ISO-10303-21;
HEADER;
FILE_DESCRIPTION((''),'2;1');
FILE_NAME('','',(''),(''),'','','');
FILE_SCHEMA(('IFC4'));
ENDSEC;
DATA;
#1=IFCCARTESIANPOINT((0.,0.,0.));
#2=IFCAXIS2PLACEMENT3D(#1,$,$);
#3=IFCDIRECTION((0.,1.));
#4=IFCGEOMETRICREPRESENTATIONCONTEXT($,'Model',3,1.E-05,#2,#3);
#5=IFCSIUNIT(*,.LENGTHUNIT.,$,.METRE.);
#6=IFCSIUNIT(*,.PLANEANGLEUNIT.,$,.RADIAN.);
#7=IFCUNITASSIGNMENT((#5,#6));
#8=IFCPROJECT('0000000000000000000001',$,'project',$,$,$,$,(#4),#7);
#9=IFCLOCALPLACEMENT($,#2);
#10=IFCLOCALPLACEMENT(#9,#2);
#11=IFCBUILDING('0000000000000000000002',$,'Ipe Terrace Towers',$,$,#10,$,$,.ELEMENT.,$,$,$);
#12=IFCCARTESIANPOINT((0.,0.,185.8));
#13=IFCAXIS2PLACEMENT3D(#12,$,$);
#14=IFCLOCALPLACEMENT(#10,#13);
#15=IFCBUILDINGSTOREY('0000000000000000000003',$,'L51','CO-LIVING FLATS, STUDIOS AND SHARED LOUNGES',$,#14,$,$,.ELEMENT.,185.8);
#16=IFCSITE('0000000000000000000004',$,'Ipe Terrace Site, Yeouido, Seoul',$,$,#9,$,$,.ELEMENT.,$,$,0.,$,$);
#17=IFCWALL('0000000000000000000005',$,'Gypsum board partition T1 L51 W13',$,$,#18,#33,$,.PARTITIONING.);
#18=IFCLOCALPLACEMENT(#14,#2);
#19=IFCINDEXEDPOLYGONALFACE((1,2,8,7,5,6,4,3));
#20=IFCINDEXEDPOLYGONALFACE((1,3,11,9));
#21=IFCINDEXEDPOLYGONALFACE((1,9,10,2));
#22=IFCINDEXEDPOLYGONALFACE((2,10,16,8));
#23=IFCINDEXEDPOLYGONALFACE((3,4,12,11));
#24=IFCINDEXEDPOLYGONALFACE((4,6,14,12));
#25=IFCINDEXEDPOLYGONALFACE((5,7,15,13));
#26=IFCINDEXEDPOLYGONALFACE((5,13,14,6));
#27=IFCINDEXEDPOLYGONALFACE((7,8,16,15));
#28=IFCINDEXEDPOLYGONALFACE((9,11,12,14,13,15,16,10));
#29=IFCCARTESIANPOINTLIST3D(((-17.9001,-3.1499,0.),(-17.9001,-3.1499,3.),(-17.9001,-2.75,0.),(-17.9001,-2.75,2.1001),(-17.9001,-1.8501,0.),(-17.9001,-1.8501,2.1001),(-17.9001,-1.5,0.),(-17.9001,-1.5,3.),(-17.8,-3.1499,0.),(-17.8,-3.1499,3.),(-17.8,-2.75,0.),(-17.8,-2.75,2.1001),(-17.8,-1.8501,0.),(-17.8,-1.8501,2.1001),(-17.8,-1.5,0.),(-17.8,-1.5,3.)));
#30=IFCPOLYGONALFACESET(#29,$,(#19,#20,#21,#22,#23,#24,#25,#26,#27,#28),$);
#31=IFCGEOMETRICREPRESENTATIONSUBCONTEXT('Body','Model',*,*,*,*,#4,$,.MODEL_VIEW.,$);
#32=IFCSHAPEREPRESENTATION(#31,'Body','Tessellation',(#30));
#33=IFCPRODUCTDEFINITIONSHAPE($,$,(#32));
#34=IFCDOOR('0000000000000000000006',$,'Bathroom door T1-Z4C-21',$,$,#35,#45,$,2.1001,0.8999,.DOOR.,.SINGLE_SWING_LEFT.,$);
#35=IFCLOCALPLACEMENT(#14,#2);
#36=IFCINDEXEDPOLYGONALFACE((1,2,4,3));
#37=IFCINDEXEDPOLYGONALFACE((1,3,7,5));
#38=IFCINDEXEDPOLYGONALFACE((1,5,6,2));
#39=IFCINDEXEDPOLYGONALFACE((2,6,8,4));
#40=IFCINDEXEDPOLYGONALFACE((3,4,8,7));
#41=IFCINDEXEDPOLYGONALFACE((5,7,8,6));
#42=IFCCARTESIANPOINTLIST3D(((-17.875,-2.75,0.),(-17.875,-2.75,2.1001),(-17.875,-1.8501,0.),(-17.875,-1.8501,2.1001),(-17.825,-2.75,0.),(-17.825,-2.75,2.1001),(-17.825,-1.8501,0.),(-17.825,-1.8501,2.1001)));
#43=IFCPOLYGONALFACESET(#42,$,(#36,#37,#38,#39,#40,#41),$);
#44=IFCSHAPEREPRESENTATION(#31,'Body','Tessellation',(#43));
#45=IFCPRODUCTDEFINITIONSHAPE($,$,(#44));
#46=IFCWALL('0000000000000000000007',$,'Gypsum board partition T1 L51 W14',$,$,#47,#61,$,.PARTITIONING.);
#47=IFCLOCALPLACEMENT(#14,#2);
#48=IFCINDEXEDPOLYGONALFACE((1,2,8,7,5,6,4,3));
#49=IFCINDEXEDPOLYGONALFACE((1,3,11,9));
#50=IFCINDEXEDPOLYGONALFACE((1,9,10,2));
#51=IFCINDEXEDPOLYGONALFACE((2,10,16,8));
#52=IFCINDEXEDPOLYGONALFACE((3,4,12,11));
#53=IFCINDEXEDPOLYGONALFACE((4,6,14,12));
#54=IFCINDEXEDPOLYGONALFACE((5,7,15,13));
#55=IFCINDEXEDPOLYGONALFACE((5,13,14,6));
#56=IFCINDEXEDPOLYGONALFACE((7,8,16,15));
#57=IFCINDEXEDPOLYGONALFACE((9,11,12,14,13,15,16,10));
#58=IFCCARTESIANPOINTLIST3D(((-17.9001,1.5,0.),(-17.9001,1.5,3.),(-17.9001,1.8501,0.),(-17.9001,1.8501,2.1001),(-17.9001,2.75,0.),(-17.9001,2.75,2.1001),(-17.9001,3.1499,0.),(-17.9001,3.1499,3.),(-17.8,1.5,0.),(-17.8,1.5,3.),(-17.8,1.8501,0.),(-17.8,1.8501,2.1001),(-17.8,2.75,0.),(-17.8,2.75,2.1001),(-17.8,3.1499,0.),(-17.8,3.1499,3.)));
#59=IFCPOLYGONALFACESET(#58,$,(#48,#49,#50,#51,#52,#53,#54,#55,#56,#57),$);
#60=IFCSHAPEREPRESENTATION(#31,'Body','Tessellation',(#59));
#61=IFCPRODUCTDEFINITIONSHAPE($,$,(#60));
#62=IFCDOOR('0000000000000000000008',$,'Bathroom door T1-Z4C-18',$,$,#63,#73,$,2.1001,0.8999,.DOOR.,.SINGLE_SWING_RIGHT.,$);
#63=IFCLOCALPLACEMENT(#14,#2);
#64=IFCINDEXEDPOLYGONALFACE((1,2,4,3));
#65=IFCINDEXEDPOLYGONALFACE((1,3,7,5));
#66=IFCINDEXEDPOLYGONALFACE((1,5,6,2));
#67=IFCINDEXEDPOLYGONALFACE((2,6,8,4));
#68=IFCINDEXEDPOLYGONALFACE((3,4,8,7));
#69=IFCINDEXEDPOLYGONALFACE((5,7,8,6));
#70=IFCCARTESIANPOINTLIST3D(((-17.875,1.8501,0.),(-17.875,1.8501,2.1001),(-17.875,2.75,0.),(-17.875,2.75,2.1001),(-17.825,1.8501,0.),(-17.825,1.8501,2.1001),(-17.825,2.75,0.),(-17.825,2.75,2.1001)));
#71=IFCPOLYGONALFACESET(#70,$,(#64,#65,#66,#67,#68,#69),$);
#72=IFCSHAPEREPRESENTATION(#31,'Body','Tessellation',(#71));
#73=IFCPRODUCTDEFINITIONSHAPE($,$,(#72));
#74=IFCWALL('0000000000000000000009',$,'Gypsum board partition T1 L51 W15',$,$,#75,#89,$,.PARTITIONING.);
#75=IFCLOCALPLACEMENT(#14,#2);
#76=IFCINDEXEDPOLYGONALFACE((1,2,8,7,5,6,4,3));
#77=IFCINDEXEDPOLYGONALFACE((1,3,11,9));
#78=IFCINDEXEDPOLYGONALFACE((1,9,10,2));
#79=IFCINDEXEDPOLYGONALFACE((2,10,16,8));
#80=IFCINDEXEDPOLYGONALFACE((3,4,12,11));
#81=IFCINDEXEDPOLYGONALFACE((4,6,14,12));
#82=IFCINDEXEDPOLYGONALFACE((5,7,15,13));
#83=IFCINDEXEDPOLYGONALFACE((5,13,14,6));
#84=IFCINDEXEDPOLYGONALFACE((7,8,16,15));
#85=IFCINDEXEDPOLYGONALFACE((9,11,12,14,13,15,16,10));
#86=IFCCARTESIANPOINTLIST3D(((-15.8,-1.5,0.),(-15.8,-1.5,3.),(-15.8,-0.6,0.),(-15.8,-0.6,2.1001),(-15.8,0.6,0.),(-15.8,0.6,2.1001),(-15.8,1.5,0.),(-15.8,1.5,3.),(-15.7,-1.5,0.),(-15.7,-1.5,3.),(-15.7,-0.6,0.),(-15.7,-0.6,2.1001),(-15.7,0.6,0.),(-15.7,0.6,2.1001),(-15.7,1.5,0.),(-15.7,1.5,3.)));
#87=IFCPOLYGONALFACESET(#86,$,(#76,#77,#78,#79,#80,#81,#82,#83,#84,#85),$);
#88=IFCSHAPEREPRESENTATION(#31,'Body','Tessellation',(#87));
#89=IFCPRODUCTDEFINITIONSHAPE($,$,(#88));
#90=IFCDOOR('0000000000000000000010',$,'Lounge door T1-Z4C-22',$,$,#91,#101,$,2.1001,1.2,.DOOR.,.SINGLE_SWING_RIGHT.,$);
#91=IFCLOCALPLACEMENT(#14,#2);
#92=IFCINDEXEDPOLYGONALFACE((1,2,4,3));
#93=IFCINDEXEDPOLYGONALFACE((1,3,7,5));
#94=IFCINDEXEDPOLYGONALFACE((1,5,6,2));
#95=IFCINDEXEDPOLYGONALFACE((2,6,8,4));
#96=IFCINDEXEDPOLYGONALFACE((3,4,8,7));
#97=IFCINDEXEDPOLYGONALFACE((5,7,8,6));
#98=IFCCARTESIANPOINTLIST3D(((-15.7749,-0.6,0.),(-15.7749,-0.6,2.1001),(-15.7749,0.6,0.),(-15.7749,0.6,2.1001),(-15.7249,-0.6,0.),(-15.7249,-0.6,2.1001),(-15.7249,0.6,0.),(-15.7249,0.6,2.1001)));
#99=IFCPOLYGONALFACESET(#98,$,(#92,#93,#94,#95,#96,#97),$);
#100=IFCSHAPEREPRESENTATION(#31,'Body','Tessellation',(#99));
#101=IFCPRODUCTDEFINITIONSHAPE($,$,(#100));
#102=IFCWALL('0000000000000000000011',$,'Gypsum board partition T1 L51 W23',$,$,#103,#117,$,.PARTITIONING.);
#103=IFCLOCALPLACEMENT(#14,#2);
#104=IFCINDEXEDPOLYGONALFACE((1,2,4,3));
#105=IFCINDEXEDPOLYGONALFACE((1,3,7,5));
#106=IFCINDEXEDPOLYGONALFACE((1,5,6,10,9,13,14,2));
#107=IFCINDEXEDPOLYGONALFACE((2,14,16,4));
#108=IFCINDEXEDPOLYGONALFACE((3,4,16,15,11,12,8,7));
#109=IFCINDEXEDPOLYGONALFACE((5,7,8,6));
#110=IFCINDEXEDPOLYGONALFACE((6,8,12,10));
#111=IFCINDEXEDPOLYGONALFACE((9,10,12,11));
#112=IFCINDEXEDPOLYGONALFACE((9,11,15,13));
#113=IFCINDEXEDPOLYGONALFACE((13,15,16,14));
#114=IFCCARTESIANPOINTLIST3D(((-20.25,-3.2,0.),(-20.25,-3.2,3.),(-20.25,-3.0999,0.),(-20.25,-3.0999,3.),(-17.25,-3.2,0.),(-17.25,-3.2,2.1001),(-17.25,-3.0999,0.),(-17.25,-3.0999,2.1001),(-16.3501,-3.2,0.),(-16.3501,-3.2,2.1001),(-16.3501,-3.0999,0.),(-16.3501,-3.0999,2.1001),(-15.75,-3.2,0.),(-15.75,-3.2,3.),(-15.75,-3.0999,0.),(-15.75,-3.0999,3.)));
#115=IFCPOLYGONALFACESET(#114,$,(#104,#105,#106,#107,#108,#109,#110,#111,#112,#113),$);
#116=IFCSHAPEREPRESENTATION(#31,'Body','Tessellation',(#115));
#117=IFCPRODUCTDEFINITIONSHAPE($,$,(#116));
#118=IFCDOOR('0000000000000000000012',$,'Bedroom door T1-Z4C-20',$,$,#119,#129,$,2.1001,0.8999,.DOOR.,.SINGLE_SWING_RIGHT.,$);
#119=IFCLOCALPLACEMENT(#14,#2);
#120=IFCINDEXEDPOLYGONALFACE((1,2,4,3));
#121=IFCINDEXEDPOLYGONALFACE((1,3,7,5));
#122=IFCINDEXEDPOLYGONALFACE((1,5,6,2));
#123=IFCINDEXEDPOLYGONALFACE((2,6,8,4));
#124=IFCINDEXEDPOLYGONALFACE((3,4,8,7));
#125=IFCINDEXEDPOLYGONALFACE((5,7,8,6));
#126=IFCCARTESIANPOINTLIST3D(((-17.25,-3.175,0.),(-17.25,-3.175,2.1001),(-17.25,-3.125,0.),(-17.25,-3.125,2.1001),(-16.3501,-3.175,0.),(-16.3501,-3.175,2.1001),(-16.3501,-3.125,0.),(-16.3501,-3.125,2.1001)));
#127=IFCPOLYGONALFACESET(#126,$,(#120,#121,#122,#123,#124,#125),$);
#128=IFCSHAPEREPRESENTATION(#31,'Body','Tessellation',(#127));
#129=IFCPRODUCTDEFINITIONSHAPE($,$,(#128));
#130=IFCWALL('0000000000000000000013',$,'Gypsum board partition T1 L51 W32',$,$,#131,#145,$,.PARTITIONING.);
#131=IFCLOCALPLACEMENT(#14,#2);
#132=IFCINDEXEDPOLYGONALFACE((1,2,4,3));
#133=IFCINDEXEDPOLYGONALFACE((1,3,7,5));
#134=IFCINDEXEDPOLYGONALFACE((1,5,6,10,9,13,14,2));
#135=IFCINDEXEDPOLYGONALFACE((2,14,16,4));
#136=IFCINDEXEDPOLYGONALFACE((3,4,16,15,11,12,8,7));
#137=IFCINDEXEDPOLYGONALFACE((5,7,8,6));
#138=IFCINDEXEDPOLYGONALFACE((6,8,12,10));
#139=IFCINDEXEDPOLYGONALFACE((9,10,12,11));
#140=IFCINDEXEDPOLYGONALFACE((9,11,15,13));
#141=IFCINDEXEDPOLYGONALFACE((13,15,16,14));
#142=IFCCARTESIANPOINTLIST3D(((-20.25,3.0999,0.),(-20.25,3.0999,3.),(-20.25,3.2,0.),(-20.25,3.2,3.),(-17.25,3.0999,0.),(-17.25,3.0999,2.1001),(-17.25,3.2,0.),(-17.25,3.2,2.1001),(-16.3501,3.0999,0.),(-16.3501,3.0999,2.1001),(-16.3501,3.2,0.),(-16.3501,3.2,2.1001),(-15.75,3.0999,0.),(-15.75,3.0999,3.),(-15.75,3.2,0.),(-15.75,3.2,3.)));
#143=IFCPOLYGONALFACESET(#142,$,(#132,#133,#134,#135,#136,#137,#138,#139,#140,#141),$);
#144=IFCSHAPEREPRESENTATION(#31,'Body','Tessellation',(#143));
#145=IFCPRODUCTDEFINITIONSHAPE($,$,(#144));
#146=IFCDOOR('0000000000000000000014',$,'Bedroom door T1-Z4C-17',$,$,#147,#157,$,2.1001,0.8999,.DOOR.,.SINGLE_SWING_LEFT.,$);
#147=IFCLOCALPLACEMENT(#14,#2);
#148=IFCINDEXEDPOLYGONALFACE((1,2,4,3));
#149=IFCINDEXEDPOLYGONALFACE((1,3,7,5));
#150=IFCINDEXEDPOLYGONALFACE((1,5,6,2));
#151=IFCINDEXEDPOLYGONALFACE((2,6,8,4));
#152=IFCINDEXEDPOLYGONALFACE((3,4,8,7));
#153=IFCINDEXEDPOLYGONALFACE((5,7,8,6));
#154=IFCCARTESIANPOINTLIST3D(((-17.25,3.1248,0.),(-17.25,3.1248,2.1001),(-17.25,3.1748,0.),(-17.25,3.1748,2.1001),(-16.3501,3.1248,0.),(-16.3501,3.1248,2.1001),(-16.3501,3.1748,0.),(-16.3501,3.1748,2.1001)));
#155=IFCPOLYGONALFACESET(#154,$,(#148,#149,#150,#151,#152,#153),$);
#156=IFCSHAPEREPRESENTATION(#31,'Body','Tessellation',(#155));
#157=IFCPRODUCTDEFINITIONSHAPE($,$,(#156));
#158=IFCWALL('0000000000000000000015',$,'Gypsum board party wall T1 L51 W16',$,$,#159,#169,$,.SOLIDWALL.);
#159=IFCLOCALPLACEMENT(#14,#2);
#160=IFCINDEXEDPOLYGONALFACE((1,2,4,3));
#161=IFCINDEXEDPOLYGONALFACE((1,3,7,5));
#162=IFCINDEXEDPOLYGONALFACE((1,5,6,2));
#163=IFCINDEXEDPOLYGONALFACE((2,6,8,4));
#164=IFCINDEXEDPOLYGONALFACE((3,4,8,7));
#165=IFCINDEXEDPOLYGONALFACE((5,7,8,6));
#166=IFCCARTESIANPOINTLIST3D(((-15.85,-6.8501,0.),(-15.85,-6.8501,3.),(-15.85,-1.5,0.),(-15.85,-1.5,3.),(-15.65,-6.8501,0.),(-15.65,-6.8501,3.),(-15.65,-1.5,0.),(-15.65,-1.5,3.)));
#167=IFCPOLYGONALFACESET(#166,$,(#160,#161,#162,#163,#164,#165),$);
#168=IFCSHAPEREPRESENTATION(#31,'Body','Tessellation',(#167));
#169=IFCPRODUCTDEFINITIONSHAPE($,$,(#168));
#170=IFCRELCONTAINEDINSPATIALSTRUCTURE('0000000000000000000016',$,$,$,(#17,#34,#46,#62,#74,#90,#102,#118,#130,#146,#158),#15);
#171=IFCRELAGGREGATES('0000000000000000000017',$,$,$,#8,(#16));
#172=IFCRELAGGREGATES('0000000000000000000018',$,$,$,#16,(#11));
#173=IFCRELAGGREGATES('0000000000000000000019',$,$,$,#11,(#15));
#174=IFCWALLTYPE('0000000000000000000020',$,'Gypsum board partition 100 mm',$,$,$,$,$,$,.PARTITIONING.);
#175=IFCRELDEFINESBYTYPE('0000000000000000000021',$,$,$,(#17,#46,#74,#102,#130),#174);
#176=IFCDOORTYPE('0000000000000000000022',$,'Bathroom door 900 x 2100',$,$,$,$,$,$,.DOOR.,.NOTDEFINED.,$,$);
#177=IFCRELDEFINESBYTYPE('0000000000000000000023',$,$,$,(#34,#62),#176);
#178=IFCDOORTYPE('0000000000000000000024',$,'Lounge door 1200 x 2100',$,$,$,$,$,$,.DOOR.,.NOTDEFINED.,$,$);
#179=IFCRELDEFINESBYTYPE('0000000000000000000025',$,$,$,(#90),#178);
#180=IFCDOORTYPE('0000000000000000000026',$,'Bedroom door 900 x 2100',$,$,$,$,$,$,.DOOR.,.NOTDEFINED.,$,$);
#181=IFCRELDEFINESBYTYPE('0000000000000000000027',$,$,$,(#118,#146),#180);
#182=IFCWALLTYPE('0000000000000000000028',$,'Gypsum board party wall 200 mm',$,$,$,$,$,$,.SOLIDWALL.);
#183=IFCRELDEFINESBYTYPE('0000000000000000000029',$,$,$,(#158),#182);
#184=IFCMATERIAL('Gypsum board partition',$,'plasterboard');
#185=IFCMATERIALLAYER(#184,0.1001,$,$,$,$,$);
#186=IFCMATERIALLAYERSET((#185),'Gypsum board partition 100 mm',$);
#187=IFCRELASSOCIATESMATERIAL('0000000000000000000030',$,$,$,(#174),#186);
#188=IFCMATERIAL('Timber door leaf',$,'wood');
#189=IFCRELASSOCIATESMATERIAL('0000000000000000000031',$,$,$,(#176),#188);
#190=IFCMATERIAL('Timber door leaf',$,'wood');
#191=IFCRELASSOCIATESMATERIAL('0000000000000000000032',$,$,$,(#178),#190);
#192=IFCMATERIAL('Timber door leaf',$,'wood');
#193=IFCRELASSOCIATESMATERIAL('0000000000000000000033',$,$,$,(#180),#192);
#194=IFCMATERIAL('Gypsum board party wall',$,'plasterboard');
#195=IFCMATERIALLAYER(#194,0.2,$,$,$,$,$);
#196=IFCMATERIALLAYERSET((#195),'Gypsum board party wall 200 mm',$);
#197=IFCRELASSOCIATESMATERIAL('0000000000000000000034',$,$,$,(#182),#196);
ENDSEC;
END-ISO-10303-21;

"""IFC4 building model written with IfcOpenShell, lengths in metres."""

from ifc_helpers import new_model, si_unit, direction, frame, frame_2d, origin, place, context, subcontext, project, spatial, rectangle, extrude, material, layer, layer_set, type_object, element, fill, save


model = new_model("IFC4")

# Units and contexts
model_context = context("Model", 3, precision=1e-05, world=origin(), true_north=direction((0.0, 1.0)))
body_context = subcontext(model_context, "Body", "Model", "MODEL_VIEW")
ifc_project = project(units=[si_unit("LENGTHUNIT", "METRE"), si_unit("PLANEANGLEUNIT", "RADIAN")], contexts=[model_context])

# Site, building, storey
site_placement = place(None, origin())
site = spatial("IfcSite", under=ifc_project, at=site_placement, Name="Ipe Terrace Site, Yeouido, Seoul", CompositionType="ELEMENT", RefElevation=0.0)
building_placement = place(site_placement, origin())
building = spatial("IfcBuilding", under=site, at=building_placement, Name="Ipe Terrace Towers", CompositionType="ELEMENT")
storey_placement = place(building_placement, frame((0.0, 0.0, 185.8)))
storey = spatial("IfcBuildingStorey", under=building, at=storey_placement, Name="L51", Description="CO-LIVING FLATS, STUDIOS AND SHARED LOUNGES", CompositionType="ELEMENT", Elevation=185.8)

# Walls, openings, doors
ifc_material_1 = material(Name="Gypsum board partition", Category="plasterboard")
ifc_layer_1 = layer(ifc_material_1, 0.1001)
ifc_layer_set_1 = layer_set([ifc_layer_1], Name="Gypsum board partition 100 mm")
wall_type_1 = type_object("IfcWallType", Name="Gypsum board partition 100 mm", PredefinedType="PARTITIONING", material=ifc_layer_set_1)
wall_1_placement = place(storey_placement, frame((-17.8501, -3.1499, 0.0), z_axis=(0.0, 0.0, 1.0), x_axis=(0.0, 1.0, 0.0)))
wall_1 = element("IfcWall", 1, at=wall_1_placement, inside=storey, type_object=wall_type_1, Name="Gypsum board partition T1 L51 W13", PredefinedType="PARTITIONING", context=body_context, shape_type="SweptSolid", body=[
    extrude(rectangle(XDim=1.6499, YDim=0.1001, at=frame_2d((0.825, 0.0))), origin(), (0.0, 0.0, 1.0), 3.0),
])
opening_1_placement = place(wall_1_placement, frame((0.3999, 0.0, 0.0)))
opening_1 = element("IfcOpeningElement", 2, at=opening_1_placement, cuts=wall_1, PredefinedType="OPENING", context=body_context, shape_type="SweptSolid", body=[
    extrude(rectangle(XDim=0.8999, YDim=2.1001, at=frame_2d((0.45, 1.05))), frame((0.0, 0.0601, 0.0), z_axis=(0.0, -1.0, 0.0), x_axis=(1.0, 0.0, 0.0)), (0.0, 0.0, 1.0), 0.1201),
])
ifc_material_2 = material(Name="Timber door leaf", Category="wood")
door_type_1 = type_object("IfcDoorType", Name="Bathroom door 900 x 2100", OperationType="NOTDEFINED", PredefinedType="DOOR", material=ifc_material_2)
door_1_placement = place(opening_1_placement, origin())
door_1 = element("IfcDoor", 3, at=door_1_placement, inside=storey, type_object=door_type_1, Name="Bathroom door T1-Z4C-21", OperationType="SINGLE_SWING_LEFT", OverallHeight=2.1001, OverallWidth=0.8999, PredefinedType="DOOR", context=body_context, shape_type="SweptSolid", body=[
    extrude(rectangle(XDim=0.8999, YDim=2.1001, at=frame_2d((0.45, 1.05))), frame((0.0, 0.0249, 0.0), z_axis=(0.0, -1.0, 0.0), x_axis=(1.0, 0.0, 0.0)), (0.0, 0.0, 1.0), 0.05),
])
fill(opening_1, door_1)
wall_2_placement = place(storey_placement, frame((-17.8501, 1.5, 0.0), z_axis=(0.0, 0.0, 1.0), x_axis=(0.0, 1.0, 0.0)))
wall_2 = element("IfcWall", 4, at=wall_2_placement, inside=storey, type_object=wall_type_1, Name="Gypsum board partition T1 L51 W14", PredefinedType="PARTITIONING", context=body_context, shape_type="SweptSolid", body=[
    extrude(rectangle(XDim=1.6499, YDim=0.1001, at=frame_2d((0.825, 0.0))), origin(), (0.0, 0.0, 1.0), 3.0),
])
opening_2_placement = place(wall_2_placement, frame((0.3501, 0.0, 0.0)))
opening_2 = element("IfcOpeningElement", 5, at=opening_2_placement, cuts=wall_2, PredefinedType="OPENING", context=body_context, shape_type="SweptSolid", body=[
    extrude(rectangle(XDim=0.8999, YDim=2.1001, at=frame_2d((0.45, 1.05))), frame((0.0, 0.0601, 0.0), z_axis=(0.0, -1.0, 0.0), x_axis=(1.0, 0.0, 0.0)), (0.0, 0.0, 1.0), 0.1201),
])
door_2_placement = place(opening_2_placement, origin())
door_2 = element("IfcDoor", 6, at=door_2_placement, inside=storey, type_object=door_type_1, Name="Bathroom door T1-Z4C-18", OperationType="SINGLE_SWING_RIGHT", OverallHeight=2.1001, OverallWidth=0.8999, PredefinedType="DOOR", context=body_context, shape_type="SweptSolid", body=[
    extrude(rectangle(XDim=0.8999, YDim=2.1001, at=frame_2d((0.45, 1.05))), frame((0.0, 0.0249, 0.0), z_axis=(0.0, -1.0, 0.0), x_axis=(1.0, 0.0, 0.0)), (0.0, 0.0, 1.0), 0.05),
])
fill(opening_2, door_2)
wall_3_placement = place(storey_placement, frame((-15.75, -1.5, 0.0), z_axis=(0.0, 0.0, 1.0), x_axis=(0.0, 1.0, 0.0)))
wall_3 = element("IfcWall", 7, at=wall_3_placement, inside=storey, type_object=wall_type_1, Name="Gypsum board partition T1 L51 W15", PredefinedType="PARTITIONING", context=body_context, shape_type="SweptSolid", body=[
    extrude(rectangle(XDim=3.0, YDim=0.1001, at=frame_2d((1.5, 0.0))), origin(), (0.0, 0.0, 1.0), 3.0),
])
opening_3_placement = place(wall_3_placement, frame((0.8999, 0.0, 0.0)))
opening_3 = element("IfcOpeningElement", 8, at=opening_3_placement, cuts=wall_3, PredefinedType="OPENING", context=body_context, shape_type="SweptSolid", body=[
    extrude(rectangle(XDim=1.2, YDim=2.1001, at=frame_2d((0.6001, 1.05))), frame((0.0, 0.0601, 0.0), z_axis=(0.0, -1.0, 0.0), x_axis=(1.0, 0.0, 0.0)), (0.0, 0.0, 1.0), 0.1201),
])
ifc_material_3 = material(Name="Timber door leaf", Category="wood")
door_type_2 = type_object("IfcDoorType", Name="Lounge door 1200 x 2100", OperationType="NOTDEFINED", PredefinedType="DOOR", material=ifc_material_3)
door_3_placement = place(opening_3_placement, origin())
door_3 = element("IfcDoor", 9, at=door_3_placement, inside=storey, type_object=door_type_2, Name="Lounge door T1-Z4C-22", OperationType="SINGLE_SWING_RIGHT", OverallHeight=2.1001, OverallWidth=1.2, PredefinedType="DOOR", context=body_context, shape_type="SweptSolid", body=[
    extrude(rectangle(XDim=1.2, YDim=2.1001, at=frame_2d((0.6001, 1.05))), frame((0.0, 0.0249, 0.0), z_axis=(0.0, -1.0, 0.0), x_axis=(1.0, 0.0, 0.0)), (0.0, 0.0, 1.0), 0.05),
])
fill(opening_3, door_3)
wall_4_placement = place(storey_placement, frame((-20.25, -3.1499, 0.0), z_axis=(0.0, 0.0, 1.0), x_axis=(1.0, 0.0, 0.0)))
wall_4 = element("IfcWall", 10, at=wall_4_placement, inside=storey, type_object=wall_type_1, Name="Gypsum board partition T1 L51 W23", PredefinedType="PARTITIONING", context=body_context, shape_type="SweptSolid", body=[
    extrude(rectangle(XDim=4.5, YDim=0.1001, at=frame_2d((2.25, 0.0))), origin(), (0.0, 0.0, 1.0), 3.0),
])
opening_4_placement = place(wall_4_placement, frame((3.0, 0.0, 0.0)))
opening_4 = element("IfcOpeningElement", 11, at=opening_4_placement, cuts=wall_4, PredefinedType="OPENING", context=body_context, shape_type="SweptSolid", body=[
    extrude(rectangle(XDim=0.8999, YDim=2.1001, at=frame_2d((0.45, 1.05))), frame((0.0, 0.0601, 0.0), z_axis=(0.0, -1.0, 0.0), x_axis=(1.0, 0.0, 0.0)), (0.0, 0.0, 1.0), 0.1201),
])
ifc_material_4 = material(Name="Timber door leaf", Category="wood")
door_type_3 = type_object("IfcDoorType", Name="Bedroom door 900 x 2100", OperationType="NOTDEFINED", PredefinedType="DOOR", material=ifc_material_4)
door_4_placement = place(opening_4_placement, origin())
door_4 = element("IfcDoor", 12, at=door_4_placement, inside=storey, type_object=door_type_3, Name="Bedroom door T1-Z4C-20", OperationType="SINGLE_SWING_RIGHT", OverallHeight=2.1001, OverallWidth=0.8999, PredefinedType="DOOR", context=body_context, shape_type="SweptSolid", body=[
    extrude(rectangle(XDim=0.8999, YDim=2.1001, at=frame_2d((0.45, 1.05))), frame((0.0, 0.0249, 0.0), z_axis=(0.0, -1.0, 0.0), x_axis=(1.0, 0.0, 0.0)), (0.0, 0.0, 1.0), 0.05),
])
fill(opening_4, door_4)
wall_5_placement = place(storey_placement, frame((-20.25, 3.1499, 0.0), z_axis=(0.0, 0.0, 1.0), x_axis=(1.0, 0.0, 0.0)))
wall_5 = element("IfcWall", 13, at=wall_5_placement, inside=storey, type_object=wall_type_1, Name="Gypsum board partition T1 L51 W32", PredefinedType="PARTITIONING", context=body_context, shape_type="SweptSolid", body=[
    extrude(rectangle(XDim=4.5, YDim=0.1001, at=frame_2d((2.25, 0.0))), origin(), (0.0, 0.0, 1.0), 3.0),
])
opening_5_placement = place(wall_5_placement, frame((3.0, 0.0, 0.0)))
opening_5 = element("IfcOpeningElement", 14, at=opening_5_placement, cuts=wall_5, PredefinedType="OPENING", context=body_context, shape_type="SweptSolid", body=[
    extrude(rectangle(XDim=0.8999, YDim=2.1001, at=frame_2d((0.45, 1.05))), frame((0.0, 0.0601, 0.0), z_axis=(0.0, -1.0, 0.0), x_axis=(1.0, 0.0, 0.0)), (0.0, 0.0, 1.0), 0.1201),
])
door_5_placement = place(opening_5_placement, origin())
door_5 = element("IfcDoor", 15, at=door_5_placement, inside=storey, type_object=door_type_3, Name="Bedroom door T1-Z4C-17", OperationType="SINGLE_SWING_LEFT", OverallHeight=2.1001, OverallWidth=0.8999, PredefinedType="DOOR", context=body_context, shape_type="SweptSolid", body=[
    extrude(rectangle(XDim=0.8999, YDim=2.1001, at=frame_2d((0.45, 1.05))), frame((0.0, 0.0249, 0.0), z_axis=(0.0, -1.0, 0.0), x_axis=(1.0, 0.0, 0.0)), (0.0, 0.0, 1.0), 0.05),
])
fill(opening_5, door_5)

# Wall
ifc_material_5 = material(Name="Gypsum board party wall", Category="plasterboard")
ifc_layer_2 = layer(ifc_material_5, 0.2)
ifc_layer_set_2 = layer_set([ifc_layer_2], Name="Gypsum board party wall 200 mm")
wall_type_2 = type_object("IfcWallType", Name="Gypsum board party wall 200 mm", PredefinedType="SOLIDWALL", material=ifc_layer_set_2)
for number, where, z_axis, x_axis, name in (
    (16, (-15.75, -6.8501, 0.0), (0.0, 0.0, 1.0), (0.0, 1.0, 0.0), "Gypsum board party wall T1 L51 W16"),
):
    element("IfcWall", number, at=place(storey_placement, frame(where, z_axis=z_axis, x_axis=x_axis)), inside=storey, type_object=wall_type_2, Name=name, PredefinedType="SOLIDWALL", context=body_context, shape_type="SweptSolid", body=[
        extrude(rectangle(XDim=5.3501, YDim=0.2, at=frame_2d((2.675, 0.0))), origin(), (0.0, 0.0, 1.0), 3.0),
    ])

save(model, "model.ifc")
